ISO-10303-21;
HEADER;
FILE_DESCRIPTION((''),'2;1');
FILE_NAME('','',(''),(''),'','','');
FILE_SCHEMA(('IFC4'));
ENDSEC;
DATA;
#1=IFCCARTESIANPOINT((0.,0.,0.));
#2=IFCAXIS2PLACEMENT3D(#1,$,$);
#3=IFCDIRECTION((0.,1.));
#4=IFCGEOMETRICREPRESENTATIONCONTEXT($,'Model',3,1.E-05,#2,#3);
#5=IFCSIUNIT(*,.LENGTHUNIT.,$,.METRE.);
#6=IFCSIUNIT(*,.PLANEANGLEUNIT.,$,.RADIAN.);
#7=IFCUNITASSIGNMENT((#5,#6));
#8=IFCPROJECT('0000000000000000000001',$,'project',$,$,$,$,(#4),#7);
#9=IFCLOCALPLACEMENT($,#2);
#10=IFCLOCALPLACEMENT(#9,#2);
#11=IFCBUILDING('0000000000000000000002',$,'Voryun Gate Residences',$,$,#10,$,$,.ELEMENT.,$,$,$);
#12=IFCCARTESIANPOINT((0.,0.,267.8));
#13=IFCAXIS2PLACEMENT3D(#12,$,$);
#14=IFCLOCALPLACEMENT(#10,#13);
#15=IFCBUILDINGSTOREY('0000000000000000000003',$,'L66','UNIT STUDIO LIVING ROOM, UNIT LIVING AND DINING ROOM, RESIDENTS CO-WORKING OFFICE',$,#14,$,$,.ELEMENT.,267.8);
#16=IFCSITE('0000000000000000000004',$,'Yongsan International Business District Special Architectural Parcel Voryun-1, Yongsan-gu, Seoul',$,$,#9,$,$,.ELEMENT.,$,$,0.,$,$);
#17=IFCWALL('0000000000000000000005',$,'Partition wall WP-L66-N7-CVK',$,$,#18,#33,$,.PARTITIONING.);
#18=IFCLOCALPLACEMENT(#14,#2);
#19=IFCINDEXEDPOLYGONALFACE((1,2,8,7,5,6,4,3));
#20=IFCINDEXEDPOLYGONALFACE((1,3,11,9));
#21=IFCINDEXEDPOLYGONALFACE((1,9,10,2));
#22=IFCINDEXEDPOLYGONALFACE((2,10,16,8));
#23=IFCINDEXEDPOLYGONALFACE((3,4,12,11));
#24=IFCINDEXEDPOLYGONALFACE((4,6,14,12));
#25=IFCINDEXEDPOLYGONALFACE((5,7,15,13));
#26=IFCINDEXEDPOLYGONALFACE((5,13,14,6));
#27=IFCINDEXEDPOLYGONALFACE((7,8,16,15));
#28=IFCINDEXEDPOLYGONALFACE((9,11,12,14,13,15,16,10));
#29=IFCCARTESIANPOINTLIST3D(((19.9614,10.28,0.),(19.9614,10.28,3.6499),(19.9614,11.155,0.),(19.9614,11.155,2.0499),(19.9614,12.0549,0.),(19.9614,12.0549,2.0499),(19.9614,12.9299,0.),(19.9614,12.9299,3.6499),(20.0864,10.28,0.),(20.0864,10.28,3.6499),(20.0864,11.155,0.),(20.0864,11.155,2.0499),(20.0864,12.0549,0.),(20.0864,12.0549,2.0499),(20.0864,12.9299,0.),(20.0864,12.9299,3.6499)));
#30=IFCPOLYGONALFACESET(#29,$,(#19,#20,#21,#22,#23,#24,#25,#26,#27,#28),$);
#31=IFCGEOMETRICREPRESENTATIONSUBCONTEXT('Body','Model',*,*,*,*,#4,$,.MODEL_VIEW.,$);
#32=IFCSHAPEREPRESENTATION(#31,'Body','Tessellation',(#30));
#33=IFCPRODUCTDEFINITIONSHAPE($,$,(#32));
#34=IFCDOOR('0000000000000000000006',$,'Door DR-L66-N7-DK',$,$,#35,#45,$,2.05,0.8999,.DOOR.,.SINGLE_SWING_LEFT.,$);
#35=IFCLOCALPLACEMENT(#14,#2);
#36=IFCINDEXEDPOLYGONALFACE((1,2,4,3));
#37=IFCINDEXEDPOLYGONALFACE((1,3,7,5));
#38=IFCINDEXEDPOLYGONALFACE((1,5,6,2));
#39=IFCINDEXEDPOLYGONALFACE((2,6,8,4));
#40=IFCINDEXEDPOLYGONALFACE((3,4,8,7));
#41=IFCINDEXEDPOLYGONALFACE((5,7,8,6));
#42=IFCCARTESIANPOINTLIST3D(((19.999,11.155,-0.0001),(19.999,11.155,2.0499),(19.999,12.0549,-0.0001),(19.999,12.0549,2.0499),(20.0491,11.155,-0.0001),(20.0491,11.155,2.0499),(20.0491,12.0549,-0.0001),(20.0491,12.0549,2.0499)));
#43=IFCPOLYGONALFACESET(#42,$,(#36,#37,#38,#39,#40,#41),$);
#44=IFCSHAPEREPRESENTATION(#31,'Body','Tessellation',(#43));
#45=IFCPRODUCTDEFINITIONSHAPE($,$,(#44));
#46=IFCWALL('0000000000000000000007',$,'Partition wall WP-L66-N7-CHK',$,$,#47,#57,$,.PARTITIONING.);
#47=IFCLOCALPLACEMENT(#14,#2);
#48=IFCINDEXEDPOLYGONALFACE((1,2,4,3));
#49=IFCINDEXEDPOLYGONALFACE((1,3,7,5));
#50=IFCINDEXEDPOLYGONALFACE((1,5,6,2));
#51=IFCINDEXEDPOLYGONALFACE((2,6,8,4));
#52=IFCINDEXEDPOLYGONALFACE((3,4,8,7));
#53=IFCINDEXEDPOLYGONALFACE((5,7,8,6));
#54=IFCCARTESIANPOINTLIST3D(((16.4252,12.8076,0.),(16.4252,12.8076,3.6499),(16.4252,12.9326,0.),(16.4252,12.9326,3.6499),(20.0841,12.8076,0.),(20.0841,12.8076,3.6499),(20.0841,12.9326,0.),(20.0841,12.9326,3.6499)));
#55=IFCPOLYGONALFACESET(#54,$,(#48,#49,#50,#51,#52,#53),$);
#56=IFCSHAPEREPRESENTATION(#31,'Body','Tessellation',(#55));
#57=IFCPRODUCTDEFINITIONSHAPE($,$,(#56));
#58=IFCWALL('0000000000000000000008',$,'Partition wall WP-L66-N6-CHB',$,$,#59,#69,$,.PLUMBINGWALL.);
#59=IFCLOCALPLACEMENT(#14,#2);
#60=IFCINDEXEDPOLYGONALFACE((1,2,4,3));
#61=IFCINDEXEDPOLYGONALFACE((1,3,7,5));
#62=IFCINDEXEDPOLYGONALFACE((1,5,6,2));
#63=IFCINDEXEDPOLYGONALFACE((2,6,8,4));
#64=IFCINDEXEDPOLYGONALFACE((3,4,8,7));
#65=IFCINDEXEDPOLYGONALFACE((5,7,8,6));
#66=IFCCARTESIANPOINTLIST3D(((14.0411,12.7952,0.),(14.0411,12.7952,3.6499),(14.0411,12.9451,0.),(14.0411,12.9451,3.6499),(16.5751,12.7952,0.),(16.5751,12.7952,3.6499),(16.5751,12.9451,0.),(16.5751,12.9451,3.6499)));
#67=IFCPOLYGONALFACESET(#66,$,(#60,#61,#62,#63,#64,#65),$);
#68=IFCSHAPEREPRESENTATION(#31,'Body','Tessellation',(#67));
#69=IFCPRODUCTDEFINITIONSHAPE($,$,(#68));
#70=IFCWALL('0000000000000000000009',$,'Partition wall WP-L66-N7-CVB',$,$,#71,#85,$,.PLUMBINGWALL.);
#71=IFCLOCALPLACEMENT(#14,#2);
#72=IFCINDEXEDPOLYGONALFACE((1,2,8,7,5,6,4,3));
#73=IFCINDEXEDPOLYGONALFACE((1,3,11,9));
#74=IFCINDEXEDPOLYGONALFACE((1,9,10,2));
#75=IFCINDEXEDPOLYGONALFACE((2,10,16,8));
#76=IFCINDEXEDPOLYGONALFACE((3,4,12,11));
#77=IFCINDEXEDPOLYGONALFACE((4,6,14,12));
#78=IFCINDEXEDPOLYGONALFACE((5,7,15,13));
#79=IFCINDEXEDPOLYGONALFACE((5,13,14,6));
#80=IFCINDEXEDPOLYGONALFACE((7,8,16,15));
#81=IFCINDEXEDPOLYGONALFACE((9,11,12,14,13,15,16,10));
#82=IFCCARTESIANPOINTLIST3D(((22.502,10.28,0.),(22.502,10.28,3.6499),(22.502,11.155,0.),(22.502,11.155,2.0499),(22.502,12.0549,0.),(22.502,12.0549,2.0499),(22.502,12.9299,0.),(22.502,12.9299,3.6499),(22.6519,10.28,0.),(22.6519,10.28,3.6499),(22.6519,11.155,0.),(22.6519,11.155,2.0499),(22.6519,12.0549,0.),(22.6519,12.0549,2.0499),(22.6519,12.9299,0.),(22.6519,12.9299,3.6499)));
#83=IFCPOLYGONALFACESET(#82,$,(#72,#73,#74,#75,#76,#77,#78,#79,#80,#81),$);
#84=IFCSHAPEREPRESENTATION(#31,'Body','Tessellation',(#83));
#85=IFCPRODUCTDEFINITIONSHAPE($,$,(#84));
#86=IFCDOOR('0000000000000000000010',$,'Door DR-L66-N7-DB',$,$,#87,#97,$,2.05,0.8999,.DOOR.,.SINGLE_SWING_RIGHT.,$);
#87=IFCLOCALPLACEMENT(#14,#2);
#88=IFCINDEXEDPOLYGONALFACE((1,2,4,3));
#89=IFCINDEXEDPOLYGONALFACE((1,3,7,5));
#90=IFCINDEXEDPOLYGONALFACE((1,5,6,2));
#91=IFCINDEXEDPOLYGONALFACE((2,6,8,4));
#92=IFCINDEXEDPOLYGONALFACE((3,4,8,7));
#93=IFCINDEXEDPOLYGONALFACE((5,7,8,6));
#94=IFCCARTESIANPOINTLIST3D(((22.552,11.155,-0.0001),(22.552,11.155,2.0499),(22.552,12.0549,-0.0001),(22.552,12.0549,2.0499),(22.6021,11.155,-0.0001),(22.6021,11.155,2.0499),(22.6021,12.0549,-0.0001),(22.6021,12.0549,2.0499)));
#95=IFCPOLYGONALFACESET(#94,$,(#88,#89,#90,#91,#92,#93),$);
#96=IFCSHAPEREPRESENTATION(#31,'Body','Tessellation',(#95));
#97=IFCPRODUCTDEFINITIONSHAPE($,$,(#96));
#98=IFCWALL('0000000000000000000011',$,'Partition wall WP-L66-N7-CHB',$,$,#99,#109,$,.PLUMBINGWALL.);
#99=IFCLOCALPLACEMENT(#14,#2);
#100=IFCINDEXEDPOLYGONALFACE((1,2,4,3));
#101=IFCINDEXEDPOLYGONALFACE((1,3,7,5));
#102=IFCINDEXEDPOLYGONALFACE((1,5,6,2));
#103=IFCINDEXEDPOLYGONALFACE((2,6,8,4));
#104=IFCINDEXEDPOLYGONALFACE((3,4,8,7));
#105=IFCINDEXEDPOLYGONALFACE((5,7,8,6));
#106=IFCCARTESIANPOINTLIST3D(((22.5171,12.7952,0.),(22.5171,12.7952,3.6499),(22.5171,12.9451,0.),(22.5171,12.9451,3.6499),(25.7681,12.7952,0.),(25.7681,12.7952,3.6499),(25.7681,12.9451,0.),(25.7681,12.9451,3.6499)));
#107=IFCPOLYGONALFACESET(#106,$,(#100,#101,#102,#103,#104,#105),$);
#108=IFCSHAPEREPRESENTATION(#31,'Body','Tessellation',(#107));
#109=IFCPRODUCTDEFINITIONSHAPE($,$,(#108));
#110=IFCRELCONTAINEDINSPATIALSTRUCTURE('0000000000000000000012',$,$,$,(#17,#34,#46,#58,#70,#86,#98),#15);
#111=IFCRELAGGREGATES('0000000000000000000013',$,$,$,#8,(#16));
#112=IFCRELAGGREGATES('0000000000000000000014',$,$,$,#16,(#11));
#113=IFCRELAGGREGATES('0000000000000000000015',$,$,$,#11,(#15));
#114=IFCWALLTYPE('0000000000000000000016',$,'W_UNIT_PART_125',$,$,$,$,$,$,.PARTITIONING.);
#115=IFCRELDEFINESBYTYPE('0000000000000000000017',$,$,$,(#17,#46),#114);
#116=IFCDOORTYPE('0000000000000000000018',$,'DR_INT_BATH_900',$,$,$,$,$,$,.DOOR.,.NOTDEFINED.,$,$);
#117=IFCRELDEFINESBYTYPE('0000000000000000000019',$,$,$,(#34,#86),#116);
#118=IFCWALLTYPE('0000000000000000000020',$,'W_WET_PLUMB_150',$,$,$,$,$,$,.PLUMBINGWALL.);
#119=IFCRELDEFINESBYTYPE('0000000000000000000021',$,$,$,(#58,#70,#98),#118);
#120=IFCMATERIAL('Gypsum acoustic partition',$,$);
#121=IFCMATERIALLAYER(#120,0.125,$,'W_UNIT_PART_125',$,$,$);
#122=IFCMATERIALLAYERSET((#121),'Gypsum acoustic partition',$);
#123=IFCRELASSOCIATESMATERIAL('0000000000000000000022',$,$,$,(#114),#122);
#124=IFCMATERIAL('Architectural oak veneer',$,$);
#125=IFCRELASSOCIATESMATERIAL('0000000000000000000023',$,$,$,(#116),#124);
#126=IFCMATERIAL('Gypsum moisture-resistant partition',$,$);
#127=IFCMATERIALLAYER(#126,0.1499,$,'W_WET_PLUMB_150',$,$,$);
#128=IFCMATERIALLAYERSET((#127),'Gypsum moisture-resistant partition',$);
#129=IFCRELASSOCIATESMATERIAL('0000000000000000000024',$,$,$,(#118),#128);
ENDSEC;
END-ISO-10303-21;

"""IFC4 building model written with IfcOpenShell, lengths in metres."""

from ifc_helpers import new_model, si_unit, direction, frame, frame_2d, origin, place, context, subcontext, project, spatial, rectangle, extrude, material, layer, layer_set, type_object, element, fill, save


model = new_model("IFC4")

# Units and contexts
model_context = context("Model", 3, precision=1e-05, world=origin(), true_north=direction((0.0, 1.0)))
body_context = subcontext(model_context, "Body", "Model", "MODEL_VIEW")
ifc_project = project(units=[si_unit("LENGTHUNIT", "METRE"), si_unit("PLANEANGLEUNIT", "RADIAN")], contexts=[model_context])

# Site, building, storey
site_placement = place(None, origin())
site = spatial("IfcSite", under=ifc_project, at=site_placement, Name="Yongsan International Business District Special Architectural Parcel Voryun-1, Yongsan-gu, Seoul", CompositionType="ELEMENT", RefElevation=0.0)
building_placement = place(site_placement, origin())
building = spatial("IfcBuilding", under=site, at=building_placement, Name="Voryun Gate Residences", CompositionType="ELEMENT")
storey_placement = place(building_placement, frame((0.0, 0.0, 267.8)))
storey = spatial("IfcBuildingStorey", under=building, at=storey_placement, Name="L66", Description="UNIT STUDIO LIVING ROOM, UNIT LIVING AND DINING ROOM, RESIDENTS CO-WORKING OFFICE", CompositionType="ELEMENT", Elevation=267.8)

# Wall, opening, door
ifc_material_1 = material(Name="Gypsum acoustic partition")
ifc_layer_1 = layer(ifc_material_1, 0.125, Name="W_UNIT_PART_125")
ifc_layer_set_1 = layer_set([ifc_layer_1], Name="Gypsum acoustic partition")
wall_type_1 = type_object("IfcWallType", Name="W_UNIT_PART_125", PredefinedType="PARTITIONING", material=ifc_layer_set_1)
wall_1_placement = place(storey_placement, frame((20.0239, 10.28, 0.0), z_axis=(0.0, 0.0, 1.0), x_axis=(0.0, 1.0, 0.0)))
wall_1 = element("IfcWall", 1, at=wall_1_placement, inside=storey, type_object=wall_type_1, Name="Partition wall WP-L66-N7-CVK", PredefinedType="PARTITIONING", context=body_context, shape_type="SweptSolid", body=[
    extrude(rectangle(XDim=2.6499, YDim=0.125, at=frame_2d((1.325, 0.0))), origin(), (0.0, 0.0, 1.0), 3.6499),
])
opening_1_placement = place(wall_1_placement, frame((0.875, 0.0, 0.0)))
opening_1 = element("IfcOpeningElement", 2, at=opening_1_placement, cuts=wall_1, PredefinedType="OPENING", context=body_context, shape_type="SweptSolid", body=[
    extrude(rectangle(XDim=0.8999, YDim=2.05, at=frame_2d((0.45, 1.0249))), frame((0.0, 0.0725, 0.0), z_axis=(0.0, -1.0, 0.0), x_axis=(1.0, 0.0, 0.0)), (0.0, 0.0, 1.0), 0.145),
])
ifc_material_2 = material(Name="Architectural oak veneer")
door_type = type_object("IfcDoorType", Name="DR_INT_BATH_900", OperationType="NOTDEFINED", PredefinedType="DOOR", material=ifc_material_2)
door_1_placement = place(opening_1_placement, origin())
door_1 = element("IfcDoor", 3, at=door_1_placement, inside=storey, type_object=door_type, Name="Door DR-L66-N7-DK", OperationType="SINGLE_SWING_LEFT", OverallHeight=2.05, OverallWidth=0.8999, PredefinedType="DOOR", context=body_context, shape_type="SweptSolid", body=[
    extrude(rectangle(XDim=0.8999, YDim=2.05, at=frame_2d((0.45, 1.0249))), frame((0.0, 0.0249, 0.0), z_axis=(0.0, -1.0, 0.0), x_axis=(1.0, 0.0, 0.0)), (0.0, 0.0, 1.0), 0.05),
])
fill(opening_1, door_1)

# Walls
wall_2_placement = place(storey_placement, frame((16.425, 12.8701, 0.0), z_axis=(0.0, 0.0, 1.0), x_axis=(1.0, 0.0, 0.0)))
element("IfcWall", 4, at=wall_2_placement, inside=storey, type_object=wall_type_1, Name="Partition wall WP-L66-N7-CHK", PredefinedType="PARTITIONING", context=body_context, shape_type="SweptSolid", body=[
    extrude(rectangle(XDim=3.6589, YDim=0.125, at=frame_2d((1.8296, 0.0))), origin(), (0.0, 0.0, 1.0), 3.6499),
])
ifc_material_3 = material(Name="Gypsum moisture-resistant partition")
ifc_layer_2 = layer(ifc_material_3, 0.1499, Name="W_WET_PLUMB_150")
ifc_layer_set_2 = layer_set([ifc_layer_2], Name="Gypsum moisture-resistant partition")
wall_type_2 = type_object("IfcWallType", Name="W_WET_PLUMB_150", PredefinedType="PLUMBINGWALL", material=ifc_layer_set_2)
wall_3_placement = place(storey_placement, frame((14.041, 12.8701, 0.0), z_axis=(0.0, 0.0, 1.0), x_axis=(1.0, 0.0, 0.0)))
element("IfcWall", 5, at=wall_3_placement, inside=storey, type_object=wall_type_2, Name="Partition wall WP-L66-N6-CHB", PredefinedType="PLUMBINGWALL", context=body_context, shape_type="SweptSolid", body=[
    extrude(rectangle(XDim=2.5339, YDim=0.1499, at=frame_2d((1.2671, 0.0))), origin(), (0.0, 0.0, 1.0), 3.6499),
])

# Wall, opening, door
wall_4_placement = place(storey_placement, frame((22.5769, 10.28, 0.0), z_axis=(0.0, 0.0, 1.0), x_axis=(0.0, 1.0, 0.0)))
wall_4 = element("IfcWall", 6, at=wall_4_placement, inside=storey, type_object=wall_type_2, Name="Partition wall WP-L66-N7-CVB", PredefinedType="PLUMBINGWALL", context=body_context, shape_type="SweptSolid", body=[
    extrude(rectangle(XDim=2.6499, YDim=0.1499, at=frame_2d((1.325, 0.0))), origin(), (0.0, 0.0, 1.0), 3.6499),
])
opening_2_placement = place(wall_4_placement, frame((0.875, 0.0, 0.0)))
opening_2 = element("IfcOpeningElement", 7, at=opening_2_placement, cuts=wall_4, PredefinedType="OPENING", context=body_context, shape_type="SweptSolid", body=[
    extrude(rectangle(XDim=0.8999, YDim=2.05, at=frame_2d((0.45, 1.0249))), frame((0.0, 0.085, 0.0), z_axis=(0.0, -1.0, 0.0), x_axis=(1.0, 0.0, 0.0)), (0.0, 0.0, 1.0), 0.1699),
])
door_2_placement = place(opening_2_placement, origin())
door_2 = element("IfcDoor", 8, at=door_2_placement, inside=storey, type_object=door_type, Name="Door DR-L66-N7-DB", OperationType="SINGLE_SWING_RIGHT", OverallHeight=2.05, OverallWidth=0.8999, PredefinedType="DOOR", context=body_context, shape_type="SweptSolid", body=[
    extrude(rectangle(XDim=0.8999, YDim=2.05, at=frame_2d((0.45, 1.0249))), frame((0.0, 0.0249, 0.0), z_axis=(0.0, -1.0, 0.0), x_axis=(1.0, 0.0, 0.0)), (0.0, 0.0, 1.0), 0.05),
])
fill(opening_2, door_2)

# Wall
wall_5_placement = place(storey_placement, frame((22.5171, 12.8701, 0.0), z_axis=(0.0, 0.0, 1.0), x_axis=(1.0, 0.0, 0.0)))
element("IfcWall", 9, at=wall_5_placement, inside=storey, type_object=wall_type_2, Name="Partition wall WP-L66-N7-CHB", PredefinedType="PLUMBINGWALL", context=body_context, shape_type="SweptSolid", body=[
    extrude(rectangle(XDim=3.251, YDim=0.1499, at=frame_2d((1.6255, 0.0))), origin(), (0.0, 0.0, 1.0), 3.6499),
])

save(model, "model.ifc")
